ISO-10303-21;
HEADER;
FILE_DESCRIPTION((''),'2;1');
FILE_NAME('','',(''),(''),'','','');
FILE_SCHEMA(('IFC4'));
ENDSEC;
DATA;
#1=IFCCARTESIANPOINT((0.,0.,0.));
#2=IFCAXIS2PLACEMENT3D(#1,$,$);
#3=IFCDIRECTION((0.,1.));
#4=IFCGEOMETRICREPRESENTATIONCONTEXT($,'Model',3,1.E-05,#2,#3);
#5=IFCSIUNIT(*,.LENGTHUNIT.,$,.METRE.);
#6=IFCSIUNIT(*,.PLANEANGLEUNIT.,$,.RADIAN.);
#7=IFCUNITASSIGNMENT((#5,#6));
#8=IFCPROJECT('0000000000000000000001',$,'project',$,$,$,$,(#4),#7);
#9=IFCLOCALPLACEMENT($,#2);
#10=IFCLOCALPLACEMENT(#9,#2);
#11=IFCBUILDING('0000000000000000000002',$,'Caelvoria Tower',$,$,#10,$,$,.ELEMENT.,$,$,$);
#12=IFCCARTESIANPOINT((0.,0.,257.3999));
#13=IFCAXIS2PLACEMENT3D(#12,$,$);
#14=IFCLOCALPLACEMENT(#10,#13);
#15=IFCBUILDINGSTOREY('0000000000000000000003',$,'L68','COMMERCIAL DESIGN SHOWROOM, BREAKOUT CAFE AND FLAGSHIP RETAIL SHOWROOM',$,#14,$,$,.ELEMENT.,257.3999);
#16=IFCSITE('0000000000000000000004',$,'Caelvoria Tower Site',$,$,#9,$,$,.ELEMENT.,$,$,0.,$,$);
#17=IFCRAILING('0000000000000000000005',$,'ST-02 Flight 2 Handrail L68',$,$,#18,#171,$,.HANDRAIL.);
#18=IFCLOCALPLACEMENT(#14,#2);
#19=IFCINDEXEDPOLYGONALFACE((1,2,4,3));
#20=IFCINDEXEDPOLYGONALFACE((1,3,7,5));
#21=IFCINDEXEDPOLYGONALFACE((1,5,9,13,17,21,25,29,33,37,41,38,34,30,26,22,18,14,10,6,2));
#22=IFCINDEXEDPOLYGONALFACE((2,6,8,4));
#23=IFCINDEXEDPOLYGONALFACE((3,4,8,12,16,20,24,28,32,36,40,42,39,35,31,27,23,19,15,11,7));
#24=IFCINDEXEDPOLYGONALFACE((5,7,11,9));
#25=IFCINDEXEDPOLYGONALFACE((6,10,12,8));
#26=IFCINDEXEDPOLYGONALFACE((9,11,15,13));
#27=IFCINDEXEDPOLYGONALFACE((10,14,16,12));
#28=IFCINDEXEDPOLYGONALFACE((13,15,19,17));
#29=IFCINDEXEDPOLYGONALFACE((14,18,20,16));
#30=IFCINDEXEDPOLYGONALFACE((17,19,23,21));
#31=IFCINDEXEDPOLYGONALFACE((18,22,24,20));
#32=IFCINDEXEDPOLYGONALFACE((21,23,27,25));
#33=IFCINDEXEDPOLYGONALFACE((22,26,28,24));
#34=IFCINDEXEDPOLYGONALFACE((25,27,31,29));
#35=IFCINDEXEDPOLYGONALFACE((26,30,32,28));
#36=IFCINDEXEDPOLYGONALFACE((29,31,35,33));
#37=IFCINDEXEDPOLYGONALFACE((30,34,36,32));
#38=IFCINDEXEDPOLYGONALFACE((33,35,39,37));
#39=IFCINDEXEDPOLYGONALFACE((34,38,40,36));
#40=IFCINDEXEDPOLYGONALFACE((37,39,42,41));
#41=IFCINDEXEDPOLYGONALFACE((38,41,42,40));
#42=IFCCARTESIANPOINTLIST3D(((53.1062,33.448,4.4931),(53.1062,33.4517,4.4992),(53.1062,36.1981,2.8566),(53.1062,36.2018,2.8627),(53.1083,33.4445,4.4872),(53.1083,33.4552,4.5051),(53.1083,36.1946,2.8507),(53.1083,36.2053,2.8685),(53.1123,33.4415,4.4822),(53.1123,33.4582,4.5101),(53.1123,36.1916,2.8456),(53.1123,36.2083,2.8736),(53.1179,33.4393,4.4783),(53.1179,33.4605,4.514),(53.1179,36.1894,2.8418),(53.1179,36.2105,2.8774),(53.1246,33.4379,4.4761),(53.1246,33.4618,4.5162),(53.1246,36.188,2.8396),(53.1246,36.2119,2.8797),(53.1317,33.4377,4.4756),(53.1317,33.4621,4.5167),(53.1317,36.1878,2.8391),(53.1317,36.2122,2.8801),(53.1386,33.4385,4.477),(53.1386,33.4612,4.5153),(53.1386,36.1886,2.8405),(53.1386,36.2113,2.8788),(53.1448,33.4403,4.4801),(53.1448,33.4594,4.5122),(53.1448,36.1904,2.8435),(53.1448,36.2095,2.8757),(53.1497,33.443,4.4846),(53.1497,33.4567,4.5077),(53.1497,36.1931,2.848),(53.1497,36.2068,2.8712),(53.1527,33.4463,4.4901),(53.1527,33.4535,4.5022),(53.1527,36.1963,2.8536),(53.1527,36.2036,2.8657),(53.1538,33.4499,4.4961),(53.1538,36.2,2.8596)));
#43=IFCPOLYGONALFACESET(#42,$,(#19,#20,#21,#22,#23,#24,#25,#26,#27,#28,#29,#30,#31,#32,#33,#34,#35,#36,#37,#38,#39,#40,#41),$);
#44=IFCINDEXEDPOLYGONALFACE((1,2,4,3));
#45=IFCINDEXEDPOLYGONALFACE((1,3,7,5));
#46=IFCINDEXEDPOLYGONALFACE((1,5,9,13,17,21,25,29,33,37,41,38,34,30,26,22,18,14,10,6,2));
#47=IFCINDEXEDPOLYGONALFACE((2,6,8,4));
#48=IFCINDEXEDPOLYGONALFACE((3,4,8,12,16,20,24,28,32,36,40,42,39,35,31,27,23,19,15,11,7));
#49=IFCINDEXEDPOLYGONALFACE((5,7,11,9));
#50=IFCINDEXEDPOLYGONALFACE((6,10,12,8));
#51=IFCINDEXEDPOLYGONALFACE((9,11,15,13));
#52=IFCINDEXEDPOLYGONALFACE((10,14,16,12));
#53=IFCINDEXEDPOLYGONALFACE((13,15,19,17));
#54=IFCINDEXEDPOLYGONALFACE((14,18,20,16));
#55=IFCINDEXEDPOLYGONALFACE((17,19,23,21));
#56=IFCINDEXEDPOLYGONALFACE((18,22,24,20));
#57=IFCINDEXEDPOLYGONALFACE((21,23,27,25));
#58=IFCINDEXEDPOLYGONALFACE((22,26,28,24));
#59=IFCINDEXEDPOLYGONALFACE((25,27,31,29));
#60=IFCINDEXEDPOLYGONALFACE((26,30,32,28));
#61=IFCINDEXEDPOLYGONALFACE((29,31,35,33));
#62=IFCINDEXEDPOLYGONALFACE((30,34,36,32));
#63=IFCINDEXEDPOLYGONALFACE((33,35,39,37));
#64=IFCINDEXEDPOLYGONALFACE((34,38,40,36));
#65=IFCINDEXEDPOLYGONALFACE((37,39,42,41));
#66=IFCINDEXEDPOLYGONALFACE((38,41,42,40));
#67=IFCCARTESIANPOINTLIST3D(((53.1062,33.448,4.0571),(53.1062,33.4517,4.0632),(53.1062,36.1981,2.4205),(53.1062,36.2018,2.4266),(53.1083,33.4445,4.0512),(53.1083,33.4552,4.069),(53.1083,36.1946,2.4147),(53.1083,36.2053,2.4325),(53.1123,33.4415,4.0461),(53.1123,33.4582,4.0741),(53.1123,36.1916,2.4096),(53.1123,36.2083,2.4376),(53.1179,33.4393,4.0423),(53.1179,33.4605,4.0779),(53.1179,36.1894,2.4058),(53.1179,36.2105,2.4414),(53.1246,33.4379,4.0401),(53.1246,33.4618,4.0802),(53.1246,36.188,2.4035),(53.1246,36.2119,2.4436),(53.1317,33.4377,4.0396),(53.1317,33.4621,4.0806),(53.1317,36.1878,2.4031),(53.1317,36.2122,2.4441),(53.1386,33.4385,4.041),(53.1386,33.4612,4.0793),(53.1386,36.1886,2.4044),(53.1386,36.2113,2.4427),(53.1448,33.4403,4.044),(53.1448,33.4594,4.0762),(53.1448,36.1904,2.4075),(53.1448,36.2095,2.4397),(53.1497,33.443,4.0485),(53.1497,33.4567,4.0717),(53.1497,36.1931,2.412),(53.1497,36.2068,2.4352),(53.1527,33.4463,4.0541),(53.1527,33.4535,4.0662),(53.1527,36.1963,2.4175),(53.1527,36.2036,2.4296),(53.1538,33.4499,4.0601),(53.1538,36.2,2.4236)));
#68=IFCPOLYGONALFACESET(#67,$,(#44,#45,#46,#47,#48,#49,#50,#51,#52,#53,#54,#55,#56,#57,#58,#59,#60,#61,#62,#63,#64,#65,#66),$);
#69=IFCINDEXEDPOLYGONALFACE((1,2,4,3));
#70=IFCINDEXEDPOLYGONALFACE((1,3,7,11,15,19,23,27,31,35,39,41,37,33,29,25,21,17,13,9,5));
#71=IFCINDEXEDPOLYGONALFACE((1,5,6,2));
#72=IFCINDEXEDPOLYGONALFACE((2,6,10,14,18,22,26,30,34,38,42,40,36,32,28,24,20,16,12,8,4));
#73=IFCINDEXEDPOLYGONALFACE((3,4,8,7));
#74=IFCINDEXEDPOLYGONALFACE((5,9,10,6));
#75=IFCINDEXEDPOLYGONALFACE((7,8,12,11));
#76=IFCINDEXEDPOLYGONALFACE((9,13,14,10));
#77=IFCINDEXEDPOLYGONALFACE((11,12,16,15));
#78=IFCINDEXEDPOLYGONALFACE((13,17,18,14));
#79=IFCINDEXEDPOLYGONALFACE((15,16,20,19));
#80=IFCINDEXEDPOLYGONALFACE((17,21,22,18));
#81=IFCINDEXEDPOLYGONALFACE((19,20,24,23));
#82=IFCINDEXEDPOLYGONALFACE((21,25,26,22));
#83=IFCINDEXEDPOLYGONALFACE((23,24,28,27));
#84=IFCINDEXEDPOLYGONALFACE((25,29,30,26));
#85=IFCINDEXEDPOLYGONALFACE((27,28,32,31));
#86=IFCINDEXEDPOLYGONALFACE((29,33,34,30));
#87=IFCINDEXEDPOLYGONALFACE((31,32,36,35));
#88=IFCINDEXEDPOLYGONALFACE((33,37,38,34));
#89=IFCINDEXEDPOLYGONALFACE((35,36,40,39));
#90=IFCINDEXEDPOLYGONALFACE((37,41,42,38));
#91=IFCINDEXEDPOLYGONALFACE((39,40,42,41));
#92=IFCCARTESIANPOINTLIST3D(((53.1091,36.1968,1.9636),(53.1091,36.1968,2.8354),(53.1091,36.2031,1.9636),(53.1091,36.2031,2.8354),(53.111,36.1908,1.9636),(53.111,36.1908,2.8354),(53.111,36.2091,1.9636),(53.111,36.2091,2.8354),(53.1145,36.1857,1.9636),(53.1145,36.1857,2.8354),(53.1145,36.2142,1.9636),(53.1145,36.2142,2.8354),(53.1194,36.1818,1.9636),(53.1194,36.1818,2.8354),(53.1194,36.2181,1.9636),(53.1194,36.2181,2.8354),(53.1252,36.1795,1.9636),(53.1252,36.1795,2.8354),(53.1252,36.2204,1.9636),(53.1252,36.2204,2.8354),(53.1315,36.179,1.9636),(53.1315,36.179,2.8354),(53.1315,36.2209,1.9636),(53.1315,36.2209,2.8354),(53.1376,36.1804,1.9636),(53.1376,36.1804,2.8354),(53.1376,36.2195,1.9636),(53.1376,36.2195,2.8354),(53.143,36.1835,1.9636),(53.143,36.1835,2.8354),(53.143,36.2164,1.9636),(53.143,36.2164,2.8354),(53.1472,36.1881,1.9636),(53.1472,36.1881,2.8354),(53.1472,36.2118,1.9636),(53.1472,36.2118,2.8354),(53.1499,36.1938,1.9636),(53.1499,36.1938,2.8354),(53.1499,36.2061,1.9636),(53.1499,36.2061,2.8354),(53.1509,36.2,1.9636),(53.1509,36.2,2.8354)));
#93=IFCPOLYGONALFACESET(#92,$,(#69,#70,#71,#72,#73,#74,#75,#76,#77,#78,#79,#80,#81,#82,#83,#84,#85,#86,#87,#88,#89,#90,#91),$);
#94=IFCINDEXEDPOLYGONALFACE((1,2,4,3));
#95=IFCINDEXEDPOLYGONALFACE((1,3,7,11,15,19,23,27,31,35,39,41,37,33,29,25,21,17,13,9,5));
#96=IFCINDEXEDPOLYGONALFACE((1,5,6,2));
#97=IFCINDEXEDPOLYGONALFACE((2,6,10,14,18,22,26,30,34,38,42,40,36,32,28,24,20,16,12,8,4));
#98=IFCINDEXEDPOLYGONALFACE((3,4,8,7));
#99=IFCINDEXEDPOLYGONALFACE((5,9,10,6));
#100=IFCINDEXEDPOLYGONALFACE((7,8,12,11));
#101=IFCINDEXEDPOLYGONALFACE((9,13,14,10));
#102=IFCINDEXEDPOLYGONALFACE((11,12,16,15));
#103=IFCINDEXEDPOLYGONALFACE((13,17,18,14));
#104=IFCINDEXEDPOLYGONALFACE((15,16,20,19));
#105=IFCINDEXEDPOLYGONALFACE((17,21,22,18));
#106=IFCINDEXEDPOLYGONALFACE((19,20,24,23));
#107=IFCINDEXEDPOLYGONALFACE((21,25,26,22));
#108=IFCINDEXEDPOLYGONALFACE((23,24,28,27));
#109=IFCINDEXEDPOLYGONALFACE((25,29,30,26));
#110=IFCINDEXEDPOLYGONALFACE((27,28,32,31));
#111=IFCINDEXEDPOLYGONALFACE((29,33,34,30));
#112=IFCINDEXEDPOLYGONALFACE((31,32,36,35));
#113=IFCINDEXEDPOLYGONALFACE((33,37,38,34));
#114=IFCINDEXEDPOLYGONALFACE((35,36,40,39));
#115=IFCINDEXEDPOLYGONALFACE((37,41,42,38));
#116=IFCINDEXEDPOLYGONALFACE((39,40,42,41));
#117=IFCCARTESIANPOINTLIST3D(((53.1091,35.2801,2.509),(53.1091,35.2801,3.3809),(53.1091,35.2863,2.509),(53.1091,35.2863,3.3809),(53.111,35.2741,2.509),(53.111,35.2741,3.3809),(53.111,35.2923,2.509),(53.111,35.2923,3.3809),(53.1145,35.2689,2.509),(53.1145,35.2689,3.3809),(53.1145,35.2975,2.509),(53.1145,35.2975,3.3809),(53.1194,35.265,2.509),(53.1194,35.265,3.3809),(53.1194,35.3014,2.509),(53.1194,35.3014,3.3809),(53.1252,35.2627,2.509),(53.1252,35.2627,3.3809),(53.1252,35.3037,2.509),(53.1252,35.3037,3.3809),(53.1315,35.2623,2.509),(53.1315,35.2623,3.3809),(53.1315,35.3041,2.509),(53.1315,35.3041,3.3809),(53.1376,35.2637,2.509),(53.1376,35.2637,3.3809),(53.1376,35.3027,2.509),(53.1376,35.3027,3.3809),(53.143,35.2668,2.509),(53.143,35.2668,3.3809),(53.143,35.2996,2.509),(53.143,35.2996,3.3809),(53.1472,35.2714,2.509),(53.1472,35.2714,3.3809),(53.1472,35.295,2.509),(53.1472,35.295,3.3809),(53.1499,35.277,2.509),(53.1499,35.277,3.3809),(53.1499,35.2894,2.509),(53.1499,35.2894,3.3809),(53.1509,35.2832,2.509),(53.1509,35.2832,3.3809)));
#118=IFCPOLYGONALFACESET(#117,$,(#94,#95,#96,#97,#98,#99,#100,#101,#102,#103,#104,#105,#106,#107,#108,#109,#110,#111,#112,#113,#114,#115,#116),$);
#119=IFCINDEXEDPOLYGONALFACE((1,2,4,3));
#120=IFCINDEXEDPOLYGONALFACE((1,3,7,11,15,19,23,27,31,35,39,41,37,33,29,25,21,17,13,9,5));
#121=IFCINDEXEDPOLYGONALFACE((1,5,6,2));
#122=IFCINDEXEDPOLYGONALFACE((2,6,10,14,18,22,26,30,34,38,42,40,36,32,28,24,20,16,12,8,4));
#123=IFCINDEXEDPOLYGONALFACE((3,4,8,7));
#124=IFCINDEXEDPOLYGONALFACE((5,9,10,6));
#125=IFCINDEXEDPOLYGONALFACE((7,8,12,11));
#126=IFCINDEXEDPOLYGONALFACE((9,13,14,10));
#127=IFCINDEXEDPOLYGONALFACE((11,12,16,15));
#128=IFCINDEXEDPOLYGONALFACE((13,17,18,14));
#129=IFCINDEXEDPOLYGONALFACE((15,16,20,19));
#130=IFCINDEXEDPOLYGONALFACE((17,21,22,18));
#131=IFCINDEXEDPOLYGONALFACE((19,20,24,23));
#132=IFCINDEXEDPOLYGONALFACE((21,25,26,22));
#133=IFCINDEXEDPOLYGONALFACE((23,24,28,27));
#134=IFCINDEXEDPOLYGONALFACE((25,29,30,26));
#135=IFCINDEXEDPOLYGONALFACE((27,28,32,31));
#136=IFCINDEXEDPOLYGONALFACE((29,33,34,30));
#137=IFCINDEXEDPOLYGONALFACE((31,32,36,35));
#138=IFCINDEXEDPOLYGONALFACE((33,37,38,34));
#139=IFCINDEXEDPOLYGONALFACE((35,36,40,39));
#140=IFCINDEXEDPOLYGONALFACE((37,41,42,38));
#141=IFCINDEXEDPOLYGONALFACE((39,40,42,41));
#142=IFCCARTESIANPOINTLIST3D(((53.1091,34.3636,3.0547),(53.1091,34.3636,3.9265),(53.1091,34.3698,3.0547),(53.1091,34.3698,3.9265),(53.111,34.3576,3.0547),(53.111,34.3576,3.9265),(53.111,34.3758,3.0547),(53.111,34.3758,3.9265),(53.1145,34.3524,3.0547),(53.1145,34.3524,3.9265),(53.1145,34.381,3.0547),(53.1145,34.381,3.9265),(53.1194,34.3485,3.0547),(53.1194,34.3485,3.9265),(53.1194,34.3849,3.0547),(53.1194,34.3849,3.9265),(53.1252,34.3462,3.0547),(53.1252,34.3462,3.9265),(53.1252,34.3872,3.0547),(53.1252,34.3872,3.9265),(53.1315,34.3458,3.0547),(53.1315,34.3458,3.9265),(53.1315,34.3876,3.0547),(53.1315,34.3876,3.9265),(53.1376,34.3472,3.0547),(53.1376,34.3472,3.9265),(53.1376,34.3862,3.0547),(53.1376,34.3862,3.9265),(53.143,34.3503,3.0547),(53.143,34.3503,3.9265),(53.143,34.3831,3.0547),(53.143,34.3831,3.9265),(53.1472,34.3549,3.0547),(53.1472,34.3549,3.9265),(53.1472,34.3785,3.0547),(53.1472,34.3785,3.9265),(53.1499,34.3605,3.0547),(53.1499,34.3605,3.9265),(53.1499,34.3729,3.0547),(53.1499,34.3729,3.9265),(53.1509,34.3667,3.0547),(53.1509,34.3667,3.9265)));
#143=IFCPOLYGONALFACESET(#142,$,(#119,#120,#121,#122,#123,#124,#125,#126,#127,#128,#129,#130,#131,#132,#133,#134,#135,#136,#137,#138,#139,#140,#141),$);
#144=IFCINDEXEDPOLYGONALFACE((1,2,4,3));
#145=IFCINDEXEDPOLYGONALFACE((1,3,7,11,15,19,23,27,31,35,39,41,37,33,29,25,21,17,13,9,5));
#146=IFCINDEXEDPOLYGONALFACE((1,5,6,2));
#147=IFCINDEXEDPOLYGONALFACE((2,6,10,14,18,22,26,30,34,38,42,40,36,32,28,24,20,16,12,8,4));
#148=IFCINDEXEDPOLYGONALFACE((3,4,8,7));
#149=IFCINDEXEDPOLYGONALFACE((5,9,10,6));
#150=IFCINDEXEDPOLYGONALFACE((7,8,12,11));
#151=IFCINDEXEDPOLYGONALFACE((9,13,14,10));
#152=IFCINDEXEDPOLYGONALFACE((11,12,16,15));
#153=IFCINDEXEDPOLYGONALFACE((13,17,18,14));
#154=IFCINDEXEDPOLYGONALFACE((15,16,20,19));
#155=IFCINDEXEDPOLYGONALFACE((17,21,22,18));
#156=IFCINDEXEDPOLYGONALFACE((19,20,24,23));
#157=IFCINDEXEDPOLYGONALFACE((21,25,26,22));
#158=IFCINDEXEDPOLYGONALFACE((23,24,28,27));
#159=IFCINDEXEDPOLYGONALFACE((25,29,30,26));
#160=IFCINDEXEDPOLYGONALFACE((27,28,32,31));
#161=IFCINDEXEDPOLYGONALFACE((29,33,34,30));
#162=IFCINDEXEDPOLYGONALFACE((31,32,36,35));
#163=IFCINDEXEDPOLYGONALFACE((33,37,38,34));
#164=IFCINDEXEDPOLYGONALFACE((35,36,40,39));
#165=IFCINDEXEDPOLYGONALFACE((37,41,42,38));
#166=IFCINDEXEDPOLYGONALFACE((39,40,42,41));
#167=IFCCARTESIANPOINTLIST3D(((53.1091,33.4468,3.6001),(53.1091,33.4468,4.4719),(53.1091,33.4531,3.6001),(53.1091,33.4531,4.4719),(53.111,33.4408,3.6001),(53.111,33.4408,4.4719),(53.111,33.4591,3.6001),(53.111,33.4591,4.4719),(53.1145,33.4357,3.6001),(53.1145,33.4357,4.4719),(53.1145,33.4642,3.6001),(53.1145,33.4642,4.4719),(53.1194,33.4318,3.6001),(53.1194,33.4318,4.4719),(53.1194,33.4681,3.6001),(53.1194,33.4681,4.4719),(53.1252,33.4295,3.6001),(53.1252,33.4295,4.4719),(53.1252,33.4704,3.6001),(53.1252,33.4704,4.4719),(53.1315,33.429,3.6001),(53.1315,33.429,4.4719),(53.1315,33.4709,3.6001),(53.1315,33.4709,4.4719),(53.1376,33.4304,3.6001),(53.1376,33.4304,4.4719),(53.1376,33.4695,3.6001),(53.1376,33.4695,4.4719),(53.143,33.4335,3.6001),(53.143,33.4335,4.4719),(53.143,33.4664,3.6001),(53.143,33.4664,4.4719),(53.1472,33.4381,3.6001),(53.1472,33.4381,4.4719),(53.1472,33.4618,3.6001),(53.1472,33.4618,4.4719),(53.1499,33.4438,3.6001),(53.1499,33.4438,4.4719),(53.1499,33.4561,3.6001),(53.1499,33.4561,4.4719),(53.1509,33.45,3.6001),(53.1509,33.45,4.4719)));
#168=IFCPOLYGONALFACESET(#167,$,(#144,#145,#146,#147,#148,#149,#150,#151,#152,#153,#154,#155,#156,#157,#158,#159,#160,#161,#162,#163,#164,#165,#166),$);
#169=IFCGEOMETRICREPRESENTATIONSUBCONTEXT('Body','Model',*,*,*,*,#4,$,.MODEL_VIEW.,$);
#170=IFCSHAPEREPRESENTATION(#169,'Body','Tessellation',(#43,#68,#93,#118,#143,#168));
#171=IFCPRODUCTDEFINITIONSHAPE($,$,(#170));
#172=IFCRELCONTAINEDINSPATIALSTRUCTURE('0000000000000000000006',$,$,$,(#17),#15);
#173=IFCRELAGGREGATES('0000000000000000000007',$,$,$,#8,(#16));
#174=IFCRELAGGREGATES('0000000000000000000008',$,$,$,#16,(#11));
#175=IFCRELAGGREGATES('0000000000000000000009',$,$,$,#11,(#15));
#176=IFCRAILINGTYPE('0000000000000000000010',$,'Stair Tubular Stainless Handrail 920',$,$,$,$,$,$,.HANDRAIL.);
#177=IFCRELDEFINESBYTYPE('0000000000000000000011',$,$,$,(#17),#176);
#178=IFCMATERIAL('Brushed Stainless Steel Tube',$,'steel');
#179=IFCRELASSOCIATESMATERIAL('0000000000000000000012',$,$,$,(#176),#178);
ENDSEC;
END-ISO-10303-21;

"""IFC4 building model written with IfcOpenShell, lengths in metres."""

from ifc_helpers import new_model, si_unit, direction, frame, origin, origin_2d, place, context, subcontext, project, spatial, circle, extrude, material, type_object, element, save


model = new_model("IFC4")

# Units and contexts
model_context = context("Model", 3, precision=1e-05, world=origin(), true_north=direction((0.0, 1.0)))
body_context = subcontext(model_context, "Body", "Model", "MODEL_VIEW")
ifc_project = project(units=[si_unit("LENGTHUNIT", "METRE"), si_unit("PLANEANGLEUNIT", "RADIAN")], contexts=[model_context])

# Site, building, storey
site_placement = place(None, origin())
site = spatial("IfcSite", under=ifc_project, at=site_placement, Name="Caelvoria Tower Site", CompositionType="ELEMENT", RefElevation=0.0)
building_placement = place(site_placement, origin())
building = spatial("IfcBuilding", under=site, at=building_placement, Name="Caelvoria Tower", CompositionType="ELEMENT")
storey_placement = place(building_placement, frame((0.0, 0.0, 257.3999)))
storey = spatial("IfcBuildingStorey", under=building, at=storey_placement, Name="L68", Description="COMMERCIAL DESIGN SHOWROOM, BREAKOUT CAFE AND FLAGSHIP RETAIL SHOWROOM", CompositionType="ELEMENT", Elevation=257.3999)

# Railing
ifc_material_1 = material(Name="Brushed Stainless Steel Tube", Category="steel")
railing_type_1 = type_object("IfcRailingType", Name="Stair Tubular Stainless Handrail 920", PredefinedType="HANDRAIL", material=ifc_material_1)
railing_1_placement = place(storey_placement, frame((53.1299, 36.2, 1.9636)))
element("IfcRailing", 1, at=railing_1_placement, inside=storey, type_object=railing_type_1, Name="ST-02 Flight 2 Handrail L68", PredefinedType="HANDRAIL", context=body_context, shape_type="SweptSolid", body=[
    extrude(circle(Radius=0.0239, at=origin_2d()), frame((0.0, 0.0, 0.896), z_axis=(0.0, -0.859352, 0.511385), x_axis=(1.0, 0.0, 0.0)), (0.0, 0.0, 1.0), 3.2002),
    extrude(circle(Radius=0.0239, at=origin_2d()), frame((0.0, 0.0, 0.46), z_axis=(0.0, -0.859352, 0.511385), x_axis=(1.0, 0.0, 0.0)), (0.0, 0.0, 1.0), 3.2002),
    extrude(circle(Radius=0.021, at=origin_2d()), origin(), (0.0, 0.0, 1.0), 0.8718),
    extrude(circle(Radius=0.021, at=origin_2d()), frame((0.0, -0.9167, 0.5454)), (0.0, 0.0, 1.0), 0.8718),
    extrude(circle(Radius=0.021, at=origin_2d()), frame((0.0, -1.8333, 1.0911)), (0.0, 0.0, 1.0), 0.8718),
    extrude(circle(Radius=0.021, at=origin_2d()), frame((0.0, -2.75, 1.6365)), (0.0, 0.0, 1.0), 0.8718),
])

save(model, "model.ifc")
